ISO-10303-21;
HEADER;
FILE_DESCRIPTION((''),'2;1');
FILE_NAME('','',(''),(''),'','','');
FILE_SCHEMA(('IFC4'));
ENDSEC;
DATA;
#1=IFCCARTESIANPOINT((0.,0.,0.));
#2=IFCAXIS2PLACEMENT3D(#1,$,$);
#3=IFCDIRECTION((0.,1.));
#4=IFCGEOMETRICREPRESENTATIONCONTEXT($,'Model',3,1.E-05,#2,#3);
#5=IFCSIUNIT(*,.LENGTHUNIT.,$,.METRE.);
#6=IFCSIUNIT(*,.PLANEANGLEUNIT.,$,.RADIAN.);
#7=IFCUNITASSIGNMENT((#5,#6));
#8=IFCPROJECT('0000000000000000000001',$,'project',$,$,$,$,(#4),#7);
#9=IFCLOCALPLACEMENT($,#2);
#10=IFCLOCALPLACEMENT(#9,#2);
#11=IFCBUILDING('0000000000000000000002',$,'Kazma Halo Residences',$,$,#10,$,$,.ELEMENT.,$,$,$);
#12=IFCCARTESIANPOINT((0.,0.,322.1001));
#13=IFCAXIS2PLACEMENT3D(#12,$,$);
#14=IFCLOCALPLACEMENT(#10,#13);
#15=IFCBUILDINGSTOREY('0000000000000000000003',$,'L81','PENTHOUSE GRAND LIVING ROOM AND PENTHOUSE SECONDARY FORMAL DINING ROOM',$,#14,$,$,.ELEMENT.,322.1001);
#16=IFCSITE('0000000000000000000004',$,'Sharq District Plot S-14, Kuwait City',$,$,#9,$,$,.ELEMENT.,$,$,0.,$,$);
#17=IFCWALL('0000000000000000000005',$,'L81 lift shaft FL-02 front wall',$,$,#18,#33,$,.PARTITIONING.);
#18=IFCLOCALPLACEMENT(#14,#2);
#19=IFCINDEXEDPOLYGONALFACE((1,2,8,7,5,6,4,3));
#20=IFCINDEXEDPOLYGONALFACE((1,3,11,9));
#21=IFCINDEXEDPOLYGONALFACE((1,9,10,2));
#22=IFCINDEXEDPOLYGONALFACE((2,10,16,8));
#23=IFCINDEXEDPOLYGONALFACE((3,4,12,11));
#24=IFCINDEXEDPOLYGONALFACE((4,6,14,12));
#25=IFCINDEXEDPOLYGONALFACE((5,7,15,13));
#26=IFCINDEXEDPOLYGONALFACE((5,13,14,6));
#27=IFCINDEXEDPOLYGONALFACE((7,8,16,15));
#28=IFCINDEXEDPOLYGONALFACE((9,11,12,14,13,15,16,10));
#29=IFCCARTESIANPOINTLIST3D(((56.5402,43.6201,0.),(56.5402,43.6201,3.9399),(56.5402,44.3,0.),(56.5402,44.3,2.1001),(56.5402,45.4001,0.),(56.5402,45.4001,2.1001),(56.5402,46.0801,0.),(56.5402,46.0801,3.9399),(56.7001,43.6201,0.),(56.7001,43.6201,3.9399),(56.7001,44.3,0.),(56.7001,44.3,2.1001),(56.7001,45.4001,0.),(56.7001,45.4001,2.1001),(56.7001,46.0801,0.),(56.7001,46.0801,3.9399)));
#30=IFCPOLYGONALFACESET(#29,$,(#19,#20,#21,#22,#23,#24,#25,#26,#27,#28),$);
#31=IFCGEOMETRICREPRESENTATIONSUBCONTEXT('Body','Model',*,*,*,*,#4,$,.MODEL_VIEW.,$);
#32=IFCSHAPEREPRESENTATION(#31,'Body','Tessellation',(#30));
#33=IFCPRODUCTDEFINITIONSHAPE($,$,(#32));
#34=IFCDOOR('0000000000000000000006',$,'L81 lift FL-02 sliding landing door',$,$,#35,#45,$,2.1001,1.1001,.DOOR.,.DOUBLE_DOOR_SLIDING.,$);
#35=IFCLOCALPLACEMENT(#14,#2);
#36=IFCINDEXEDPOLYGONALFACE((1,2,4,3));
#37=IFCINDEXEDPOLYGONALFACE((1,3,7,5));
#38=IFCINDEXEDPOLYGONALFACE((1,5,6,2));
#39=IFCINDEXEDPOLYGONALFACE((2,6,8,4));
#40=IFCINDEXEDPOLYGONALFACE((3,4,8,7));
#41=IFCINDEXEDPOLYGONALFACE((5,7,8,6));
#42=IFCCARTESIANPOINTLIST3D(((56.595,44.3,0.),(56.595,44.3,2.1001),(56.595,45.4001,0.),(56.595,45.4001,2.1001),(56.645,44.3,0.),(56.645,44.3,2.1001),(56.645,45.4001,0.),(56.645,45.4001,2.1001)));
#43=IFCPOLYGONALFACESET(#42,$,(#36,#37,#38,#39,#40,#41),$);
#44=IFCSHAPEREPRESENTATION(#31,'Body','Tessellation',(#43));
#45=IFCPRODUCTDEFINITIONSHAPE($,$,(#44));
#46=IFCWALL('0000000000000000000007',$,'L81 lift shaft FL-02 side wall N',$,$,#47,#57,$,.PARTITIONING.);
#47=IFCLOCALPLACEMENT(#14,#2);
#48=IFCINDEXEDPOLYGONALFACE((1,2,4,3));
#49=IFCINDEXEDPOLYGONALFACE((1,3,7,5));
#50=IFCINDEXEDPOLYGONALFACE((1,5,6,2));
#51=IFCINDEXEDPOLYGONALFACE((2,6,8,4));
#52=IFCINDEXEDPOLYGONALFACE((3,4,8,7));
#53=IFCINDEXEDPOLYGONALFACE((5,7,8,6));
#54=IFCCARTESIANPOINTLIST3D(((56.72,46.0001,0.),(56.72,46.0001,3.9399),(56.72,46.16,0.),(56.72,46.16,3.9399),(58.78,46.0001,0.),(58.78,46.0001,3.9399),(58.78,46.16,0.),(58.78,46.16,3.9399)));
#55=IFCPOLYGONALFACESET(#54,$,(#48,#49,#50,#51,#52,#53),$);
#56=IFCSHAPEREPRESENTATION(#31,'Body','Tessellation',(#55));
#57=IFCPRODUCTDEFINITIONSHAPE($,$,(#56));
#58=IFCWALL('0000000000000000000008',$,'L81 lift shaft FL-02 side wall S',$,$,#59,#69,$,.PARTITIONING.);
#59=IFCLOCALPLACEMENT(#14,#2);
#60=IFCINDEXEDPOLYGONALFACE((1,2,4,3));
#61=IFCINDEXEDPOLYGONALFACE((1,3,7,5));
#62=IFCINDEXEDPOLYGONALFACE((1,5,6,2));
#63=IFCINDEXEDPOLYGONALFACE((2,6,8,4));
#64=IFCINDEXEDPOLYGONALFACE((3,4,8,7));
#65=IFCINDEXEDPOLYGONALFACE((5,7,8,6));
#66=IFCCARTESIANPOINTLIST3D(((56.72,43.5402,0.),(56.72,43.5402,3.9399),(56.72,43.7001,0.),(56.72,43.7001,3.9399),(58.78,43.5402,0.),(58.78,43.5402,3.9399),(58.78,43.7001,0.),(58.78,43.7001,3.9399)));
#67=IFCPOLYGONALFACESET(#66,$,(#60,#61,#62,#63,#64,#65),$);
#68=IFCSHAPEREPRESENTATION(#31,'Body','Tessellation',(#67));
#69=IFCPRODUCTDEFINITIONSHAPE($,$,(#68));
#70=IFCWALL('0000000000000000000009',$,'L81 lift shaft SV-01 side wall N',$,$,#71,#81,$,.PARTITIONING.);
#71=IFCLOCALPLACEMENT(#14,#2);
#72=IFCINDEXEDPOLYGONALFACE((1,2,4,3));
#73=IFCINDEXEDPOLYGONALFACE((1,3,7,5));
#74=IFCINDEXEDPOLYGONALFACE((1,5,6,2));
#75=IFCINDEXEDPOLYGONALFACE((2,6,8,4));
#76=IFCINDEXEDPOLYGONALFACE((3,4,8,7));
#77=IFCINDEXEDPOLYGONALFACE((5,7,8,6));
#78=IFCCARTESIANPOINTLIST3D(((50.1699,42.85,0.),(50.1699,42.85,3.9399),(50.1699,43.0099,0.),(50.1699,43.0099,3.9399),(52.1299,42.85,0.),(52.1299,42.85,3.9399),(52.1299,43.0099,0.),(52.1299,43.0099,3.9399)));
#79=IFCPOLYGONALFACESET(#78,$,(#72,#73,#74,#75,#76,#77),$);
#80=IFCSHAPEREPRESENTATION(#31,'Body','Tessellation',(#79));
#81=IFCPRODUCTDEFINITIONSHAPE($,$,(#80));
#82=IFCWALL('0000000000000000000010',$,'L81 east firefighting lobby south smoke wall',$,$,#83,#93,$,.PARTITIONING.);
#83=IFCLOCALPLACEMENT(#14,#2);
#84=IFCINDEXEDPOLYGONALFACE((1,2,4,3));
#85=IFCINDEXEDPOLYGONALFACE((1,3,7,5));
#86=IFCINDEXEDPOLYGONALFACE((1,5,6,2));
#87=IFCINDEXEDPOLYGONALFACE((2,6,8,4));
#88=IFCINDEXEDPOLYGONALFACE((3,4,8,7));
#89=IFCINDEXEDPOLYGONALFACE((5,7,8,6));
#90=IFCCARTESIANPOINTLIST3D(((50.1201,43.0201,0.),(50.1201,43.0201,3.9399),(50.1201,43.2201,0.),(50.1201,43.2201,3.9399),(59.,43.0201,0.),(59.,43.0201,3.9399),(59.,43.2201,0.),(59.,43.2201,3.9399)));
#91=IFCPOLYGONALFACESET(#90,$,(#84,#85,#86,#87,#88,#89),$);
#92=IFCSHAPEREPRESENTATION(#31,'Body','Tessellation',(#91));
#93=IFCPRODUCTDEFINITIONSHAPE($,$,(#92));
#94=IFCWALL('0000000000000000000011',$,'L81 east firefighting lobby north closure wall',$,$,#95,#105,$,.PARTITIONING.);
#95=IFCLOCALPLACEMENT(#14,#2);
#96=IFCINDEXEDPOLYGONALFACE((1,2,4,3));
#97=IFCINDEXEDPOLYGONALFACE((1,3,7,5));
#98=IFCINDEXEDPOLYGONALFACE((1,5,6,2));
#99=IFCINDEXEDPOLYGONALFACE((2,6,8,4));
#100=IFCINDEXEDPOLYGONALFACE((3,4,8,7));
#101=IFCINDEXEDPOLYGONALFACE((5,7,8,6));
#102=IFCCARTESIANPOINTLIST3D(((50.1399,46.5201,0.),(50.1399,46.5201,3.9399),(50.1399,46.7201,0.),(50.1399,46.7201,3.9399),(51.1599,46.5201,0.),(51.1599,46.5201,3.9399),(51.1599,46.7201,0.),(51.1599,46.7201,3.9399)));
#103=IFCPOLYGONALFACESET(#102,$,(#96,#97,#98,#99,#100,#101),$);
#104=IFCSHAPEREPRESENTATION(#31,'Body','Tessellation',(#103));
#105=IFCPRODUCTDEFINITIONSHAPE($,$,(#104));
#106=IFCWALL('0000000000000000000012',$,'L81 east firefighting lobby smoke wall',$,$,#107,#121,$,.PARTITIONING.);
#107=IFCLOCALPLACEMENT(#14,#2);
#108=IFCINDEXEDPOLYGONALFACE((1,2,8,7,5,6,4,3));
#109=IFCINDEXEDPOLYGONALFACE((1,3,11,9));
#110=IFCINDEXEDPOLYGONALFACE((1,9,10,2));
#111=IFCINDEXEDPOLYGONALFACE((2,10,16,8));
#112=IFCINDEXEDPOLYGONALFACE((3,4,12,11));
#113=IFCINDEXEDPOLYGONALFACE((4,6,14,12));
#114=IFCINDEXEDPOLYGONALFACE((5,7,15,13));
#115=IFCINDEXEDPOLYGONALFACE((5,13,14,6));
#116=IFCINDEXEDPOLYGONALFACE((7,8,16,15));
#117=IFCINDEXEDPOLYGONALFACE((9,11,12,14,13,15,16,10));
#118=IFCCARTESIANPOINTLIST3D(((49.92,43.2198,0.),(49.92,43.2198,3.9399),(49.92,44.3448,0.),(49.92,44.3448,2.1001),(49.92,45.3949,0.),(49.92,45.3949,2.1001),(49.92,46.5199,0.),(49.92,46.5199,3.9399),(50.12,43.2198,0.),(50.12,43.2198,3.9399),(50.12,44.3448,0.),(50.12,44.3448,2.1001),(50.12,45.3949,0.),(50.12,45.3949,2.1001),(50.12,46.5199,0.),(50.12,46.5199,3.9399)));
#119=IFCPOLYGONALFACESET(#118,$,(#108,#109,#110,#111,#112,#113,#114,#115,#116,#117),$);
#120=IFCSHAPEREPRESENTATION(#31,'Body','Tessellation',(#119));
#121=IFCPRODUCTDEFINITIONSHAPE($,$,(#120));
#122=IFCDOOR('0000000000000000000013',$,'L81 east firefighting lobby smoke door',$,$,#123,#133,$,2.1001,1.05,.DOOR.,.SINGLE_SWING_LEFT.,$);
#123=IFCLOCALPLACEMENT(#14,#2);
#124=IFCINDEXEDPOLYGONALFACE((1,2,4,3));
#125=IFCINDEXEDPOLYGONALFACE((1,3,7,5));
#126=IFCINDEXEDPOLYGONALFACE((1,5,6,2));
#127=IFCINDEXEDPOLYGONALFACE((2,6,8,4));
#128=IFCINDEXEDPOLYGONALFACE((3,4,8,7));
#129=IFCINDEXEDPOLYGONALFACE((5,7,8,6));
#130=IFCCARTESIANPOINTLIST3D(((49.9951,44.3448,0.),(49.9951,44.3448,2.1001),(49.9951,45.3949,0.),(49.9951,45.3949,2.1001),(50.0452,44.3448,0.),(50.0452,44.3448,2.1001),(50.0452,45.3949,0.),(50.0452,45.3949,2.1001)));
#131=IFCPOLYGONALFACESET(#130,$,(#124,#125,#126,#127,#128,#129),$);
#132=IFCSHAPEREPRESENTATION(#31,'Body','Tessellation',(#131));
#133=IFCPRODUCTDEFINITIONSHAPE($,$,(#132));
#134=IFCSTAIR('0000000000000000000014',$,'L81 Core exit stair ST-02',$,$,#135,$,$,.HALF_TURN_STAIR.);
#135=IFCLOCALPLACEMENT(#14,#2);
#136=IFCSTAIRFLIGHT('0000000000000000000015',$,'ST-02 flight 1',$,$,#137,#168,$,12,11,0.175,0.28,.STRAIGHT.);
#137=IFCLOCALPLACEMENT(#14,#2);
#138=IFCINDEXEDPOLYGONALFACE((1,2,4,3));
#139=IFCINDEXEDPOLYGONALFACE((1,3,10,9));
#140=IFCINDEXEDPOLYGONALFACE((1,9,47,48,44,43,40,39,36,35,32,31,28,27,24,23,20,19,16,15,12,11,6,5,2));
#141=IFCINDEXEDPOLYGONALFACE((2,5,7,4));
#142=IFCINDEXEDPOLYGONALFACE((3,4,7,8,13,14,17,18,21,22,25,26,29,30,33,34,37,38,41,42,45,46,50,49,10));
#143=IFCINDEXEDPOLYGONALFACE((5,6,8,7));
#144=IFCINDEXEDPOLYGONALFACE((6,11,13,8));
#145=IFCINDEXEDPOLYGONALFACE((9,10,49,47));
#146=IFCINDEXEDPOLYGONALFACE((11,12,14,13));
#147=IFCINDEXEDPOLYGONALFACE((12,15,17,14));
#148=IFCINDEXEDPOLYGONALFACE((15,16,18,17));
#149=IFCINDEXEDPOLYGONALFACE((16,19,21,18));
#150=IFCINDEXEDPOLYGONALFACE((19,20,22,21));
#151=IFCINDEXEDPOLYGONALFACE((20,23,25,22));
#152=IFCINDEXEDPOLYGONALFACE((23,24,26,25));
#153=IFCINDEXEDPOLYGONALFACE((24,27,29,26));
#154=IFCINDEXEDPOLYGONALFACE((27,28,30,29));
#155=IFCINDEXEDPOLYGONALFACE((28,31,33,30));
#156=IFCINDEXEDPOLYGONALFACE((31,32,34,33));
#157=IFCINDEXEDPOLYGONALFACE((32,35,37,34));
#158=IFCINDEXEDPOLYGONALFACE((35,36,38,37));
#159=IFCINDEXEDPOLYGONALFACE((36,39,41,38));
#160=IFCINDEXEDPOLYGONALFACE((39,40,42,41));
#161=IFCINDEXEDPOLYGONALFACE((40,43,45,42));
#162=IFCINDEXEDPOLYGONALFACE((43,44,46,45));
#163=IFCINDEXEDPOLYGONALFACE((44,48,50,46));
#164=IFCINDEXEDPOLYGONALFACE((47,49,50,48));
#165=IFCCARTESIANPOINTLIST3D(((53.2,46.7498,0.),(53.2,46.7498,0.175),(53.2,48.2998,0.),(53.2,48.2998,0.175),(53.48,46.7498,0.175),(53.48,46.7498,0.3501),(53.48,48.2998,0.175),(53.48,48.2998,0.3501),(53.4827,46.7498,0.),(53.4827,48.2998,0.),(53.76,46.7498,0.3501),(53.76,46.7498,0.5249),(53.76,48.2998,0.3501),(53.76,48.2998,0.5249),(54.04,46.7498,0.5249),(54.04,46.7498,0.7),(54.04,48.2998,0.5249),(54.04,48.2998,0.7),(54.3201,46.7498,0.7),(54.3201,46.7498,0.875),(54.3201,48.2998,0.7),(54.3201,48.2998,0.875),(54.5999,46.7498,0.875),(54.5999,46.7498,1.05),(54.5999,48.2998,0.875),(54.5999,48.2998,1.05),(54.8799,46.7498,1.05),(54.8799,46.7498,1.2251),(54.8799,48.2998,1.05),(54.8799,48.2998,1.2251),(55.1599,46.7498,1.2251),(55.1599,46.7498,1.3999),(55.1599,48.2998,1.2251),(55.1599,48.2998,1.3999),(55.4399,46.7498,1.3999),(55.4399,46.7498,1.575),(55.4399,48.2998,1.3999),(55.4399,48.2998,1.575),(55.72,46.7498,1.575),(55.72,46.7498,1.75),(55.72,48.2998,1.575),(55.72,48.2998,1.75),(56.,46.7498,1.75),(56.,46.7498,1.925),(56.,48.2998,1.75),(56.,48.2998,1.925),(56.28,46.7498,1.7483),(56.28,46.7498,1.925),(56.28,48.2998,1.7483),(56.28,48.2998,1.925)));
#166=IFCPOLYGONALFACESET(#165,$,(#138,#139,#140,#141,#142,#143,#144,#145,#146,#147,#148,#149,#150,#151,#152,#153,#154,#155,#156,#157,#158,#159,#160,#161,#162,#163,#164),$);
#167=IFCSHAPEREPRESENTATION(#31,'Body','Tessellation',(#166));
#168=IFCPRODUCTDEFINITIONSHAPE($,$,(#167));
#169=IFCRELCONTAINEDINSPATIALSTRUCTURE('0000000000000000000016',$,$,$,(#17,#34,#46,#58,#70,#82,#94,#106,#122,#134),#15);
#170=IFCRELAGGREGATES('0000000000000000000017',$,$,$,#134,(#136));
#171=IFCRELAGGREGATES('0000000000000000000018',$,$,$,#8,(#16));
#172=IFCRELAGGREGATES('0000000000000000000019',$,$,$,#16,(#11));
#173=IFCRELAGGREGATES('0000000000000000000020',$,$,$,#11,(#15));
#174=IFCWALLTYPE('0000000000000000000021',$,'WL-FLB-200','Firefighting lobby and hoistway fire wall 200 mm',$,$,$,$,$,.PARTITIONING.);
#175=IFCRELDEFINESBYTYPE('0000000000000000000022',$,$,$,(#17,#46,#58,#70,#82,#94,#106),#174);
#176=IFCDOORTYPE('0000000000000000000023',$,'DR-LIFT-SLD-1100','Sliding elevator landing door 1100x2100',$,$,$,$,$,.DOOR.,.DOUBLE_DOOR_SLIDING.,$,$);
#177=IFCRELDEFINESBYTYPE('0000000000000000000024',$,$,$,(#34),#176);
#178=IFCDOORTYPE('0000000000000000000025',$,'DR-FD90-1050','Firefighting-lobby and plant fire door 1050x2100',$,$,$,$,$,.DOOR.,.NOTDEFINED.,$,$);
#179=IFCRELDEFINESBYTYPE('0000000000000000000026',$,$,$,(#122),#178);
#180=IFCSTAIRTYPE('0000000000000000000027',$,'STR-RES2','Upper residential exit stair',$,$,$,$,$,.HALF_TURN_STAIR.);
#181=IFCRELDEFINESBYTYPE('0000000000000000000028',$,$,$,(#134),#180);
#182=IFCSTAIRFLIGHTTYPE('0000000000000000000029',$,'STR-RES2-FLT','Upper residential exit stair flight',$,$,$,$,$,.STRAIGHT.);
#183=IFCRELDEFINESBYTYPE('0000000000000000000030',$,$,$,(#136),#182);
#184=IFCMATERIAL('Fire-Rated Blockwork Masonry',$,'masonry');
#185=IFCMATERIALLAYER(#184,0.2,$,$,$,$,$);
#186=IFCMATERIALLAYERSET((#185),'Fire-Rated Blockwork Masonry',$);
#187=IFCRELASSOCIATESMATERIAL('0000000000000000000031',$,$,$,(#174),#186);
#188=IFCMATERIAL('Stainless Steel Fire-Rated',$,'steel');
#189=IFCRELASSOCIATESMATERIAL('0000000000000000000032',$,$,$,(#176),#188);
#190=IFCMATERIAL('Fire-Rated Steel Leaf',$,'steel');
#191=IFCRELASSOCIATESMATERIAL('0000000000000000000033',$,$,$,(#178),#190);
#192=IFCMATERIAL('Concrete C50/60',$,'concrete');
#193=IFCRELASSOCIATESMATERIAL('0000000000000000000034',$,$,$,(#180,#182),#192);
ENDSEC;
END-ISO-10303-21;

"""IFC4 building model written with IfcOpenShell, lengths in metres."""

from ifc_helpers import new_model, si_unit, direction, frame, frame_2d, origin, place, context, subcontext, project, spatial, polyline, rectangle, outline, extrude, material, layer, layer_set, type_object, element, fill, aggregate, save


model = new_model("IFC4")

# Units and contexts
model_context = context("Model", 3, precision=1e-05, world=origin(), true_north=direction((0.0, 1.0)))
body_context = subcontext(model_context, "Body", "Model", "MODEL_VIEW")
ifc_project = project(units=[si_unit("LENGTHUNIT", "METRE"), si_unit("PLANEANGLEUNIT", "RADIAN")], contexts=[model_context])

# Site, building, storey
site_placement = place(None, origin())
site = spatial("IfcSite", under=ifc_project, at=site_placement, Name="Sharq District Plot S-14, Kuwait City", CompositionType="ELEMENT", RefElevation=0.0)
building_placement = place(site_placement, origin())
building = spatial("IfcBuilding", under=site, at=building_placement, Name="Kazma Halo Residences", CompositionType="ELEMENT")
storey_placement = place(building_placement, frame((0.0, 0.0, 322.1001)))
storey = spatial("IfcBuildingStorey", under=building, at=storey_placement, Name="L81", Description="PENTHOUSE GRAND LIVING ROOM AND PENTHOUSE SECONDARY FORMAL DINING ROOM", CompositionType="ELEMENT", Elevation=322.1001)

# Shared definitions
ifc_material_1 = material(Name="Fire-Rated Blockwork Masonry", Category="masonry")
ifc_layer_1 = layer(ifc_material_1, 0.2)
ifc_layer_set_1 = layer_set([ifc_layer_1], Name="Fire-Rated Blockwork Masonry")
wall_type_1 = type_object("IfcWallType", Name="WL-FLB-200", Description="Firefighting lobby and hoistway fire wall 200 mm", PredefinedType="PARTITIONING", material=ifc_layer_set_1)

# Wall, opening, door
wall_1_placement = place(storey_placement, frame((56.6201, 46.0801, 0.0), z_axis=(0.0, 0.0, 1.0), x_axis=(0.0, -1.0, 0.0)))
wall_1 = element("IfcWall", 1, at=wall_1_placement, inside=storey, type_object=wall_type_1, Name="L81 lift shaft FL-02 front wall", PredefinedType="PARTITIONING", context=body_context, shape_type="SweptSolid", body=[
    extrude(rectangle(XDim=2.46, YDim=0.1599, at=frame_2d((1.23, 0.0))), origin(), (0.0, 0.0, 1.0), 3.9399),
])
opening_1_placement = place(wall_1_placement, frame((0.6799, 0.0, 0.0)))
opening_1 = element("IfcOpeningElement", 2, at=opening_1_placement, cuts=wall_1, PredefinedType="OPENING", context=body_context, shape_type="SweptSolid", body=[
    extrude(rectangle(XDim=1.1001, YDim=2.1001, at=frame_2d((0.55, 1.05))), frame((0.0, 0.0898, 0.0), z_axis=(0.0, -1.0, 0.0), x_axis=(1.0, 0.0, 0.0)), (0.0, 0.0, 1.0), 0.1799),
])
ifc_material_2 = material(Name="Stainless Steel Fire-Rated", Category="steel")
door_type_1 = type_object("IfcDoorType", Name="DR-LIFT-SLD-1100", Description="Sliding elevator landing door 1100x2100", OperationType="DOUBLE_DOOR_SLIDING", PredefinedType="DOOR", material=ifc_material_2)
door_1_placement = place(opening_1_placement, origin())
door_1 = element("IfcDoor", 3, at=door_1_placement, inside=storey, type_object=door_type_1, Name="L81 lift FL-02 sliding landing door", OperationType="DOUBLE_DOOR_SLIDING", OverallHeight=2.1001, OverallWidth=1.1001, PredefinedType="DOOR", context=body_context, shape_type="SweptSolid", body=[
    extrude(rectangle(XDim=1.1001, YDim=2.1001, at=frame_2d((0.55, 1.05))), frame((0.0, 0.0249, 0.0), z_axis=(0.0, -1.0, 0.0), x_axis=(1.0, 0.0, 0.0)), (0.0, 0.0, 1.0), 0.05),
])
fill(opening_1, door_1)

# Walls
for number, where, z_axis, x_axis, name in (
    (4, (56.72, 46.0801, 0.0), (0.0, 0.0, 1.0), (1.0, 0.0, 0.0), "L81 lift shaft FL-02 side wall N"),
    (5, (56.72, 43.6201, 0.0), (0.0, 0.0, 1.0), (1.0, 0.0, 0.0), "L81 lift shaft FL-02 side wall S"),
):
    element("IfcWall", number, at=place(storey_placement, frame(where, z_axis=z_axis, x_axis=x_axis)), inside=storey, type_object=wall_type_1, Name=name, PredefinedType="PARTITIONING", context=body_context, shape_type="SweptSolid", body=[
        extrude(rectangle(XDim=2.0601, YDim=0.1599, at=frame_2d((1.03, 0.0))), origin(), (0.0, 0.0, 1.0), 3.9399),
    ])
wall_2_placement = place(storey_placement, frame((50.1699, 42.9299, 0.0), z_axis=(0.0, 0.0, 1.0), x_axis=(1.0, 0.0, 0.0)))
element("IfcWall", 6, at=wall_2_placement, inside=storey, type_object=wall_type_1, Name="L81 lift shaft SV-01 side wall N", PredefinedType="PARTITIONING", context=body_context, shape_type="SweptSolid", body=[
    extrude(rectangle(XDim=1.96, YDim=0.1599, at=frame_2d((0.98, 0.0))), origin(), (0.0, 0.0, 1.0), 3.9399),
])
wall_3_placement = place(storey_placement, frame((50.1201, 43.1201, 0.0), z_axis=(0.0, 0.0, 1.0), x_axis=(1.0, 0.0, 0.0)))
element("IfcWall", 7, at=wall_3_placement, inside=storey, type_object=wall_type_1, Name="L81 east firefighting lobby south smoke wall", PredefinedType="PARTITIONING", context=body_context, shape_type="SweptSolid", body=[
    extrude(rectangle(XDim=8.8799, YDim=0.2, at=frame_2d((4.4399, 0.0))), origin(), (0.0, 0.0, 1.0), 3.9399),
])
wall_4_placement = place(storey_placement, frame((50.1399, 46.6201, 0.0), z_axis=(0.0, 0.0, 1.0), x_axis=(1.0, 0.0, 0.0)))
element("IfcWall", 8, at=wall_4_placement, inside=storey, type_object=wall_type_1, Name="L81 east firefighting lobby north closure wall", PredefinedType="PARTITIONING", context=body_context, shape_type="SweptSolid", body=[
    extrude(rectangle(XDim=1.02, YDim=0.2, at=frame_2d((0.51, 0.0))), origin(), (0.0, 0.0, 1.0), 3.9399),
])

# Wall, opening, door
wall_5_placement = place(storey_placement, frame((50.02, 43.22, 0.0), z_axis=(0.0, 0.0, 1.0), x_axis=(0.0, 1.0, 0.0)))
wall_5 = element("IfcWall", 9, at=wall_5_placement, inside=storey, type_object=wall_type_1, Name="L81 east firefighting lobby smoke wall", PredefinedType="PARTITIONING", context=body_context, shape_type="SweptSolid", body=[
    extrude(rectangle(XDim=3.3, YDim=0.2, at=frame_2d((1.6499, 0.0))), origin(), (0.0, 0.0, 1.0), 3.9399),
])
opening_2_placement = place(wall_5_placement, frame((1.125, 0.0, 0.0)))
opening_2 = element("IfcOpeningElement", 10, at=opening_2_placement, cuts=wall_5, PredefinedType="OPENING", context=body_context, shape_type="SweptSolid", body=[
    extrude(rectangle(XDim=1.05, YDim=2.1001, at=frame_2d((0.5249, 1.05))), frame((0.0, 0.1099, 0.0), z_axis=(0.0, -1.0, 0.0), x_axis=(1.0, 0.0, 0.0)), (0.0, 0.0, 1.0), 0.22),
])
ifc_material_3 = material(Name="Fire-Rated Steel Leaf", Category="steel")
door_type_2 = type_object("IfcDoorType", Name="DR-FD90-1050", Description="Firefighting-lobby and plant fire door 1050x2100", OperationType="NOTDEFINED", PredefinedType="DOOR", material=ifc_material_3)
door_2_placement = place(opening_2_placement, origin())
door_2 = element("IfcDoor", 11, at=door_2_placement, inside=storey, type_object=door_type_2, Name="L81 east firefighting lobby smoke door", OperationType="SINGLE_SWING_LEFT", OverallHeight=2.1001, OverallWidth=1.05, PredefinedType="DOOR", context=body_context, shape_type="SweptSolid", body=[
    extrude(rectangle(XDim=1.05, YDim=2.1001, at=frame_2d((0.5249, 1.05))), frame((0.0, 0.0249, 0.0), z_axis=(0.0, -1.0, 0.0), x_axis=(1.0, 0.0, 0.0)), (0.0, 0.0, 1.0), 0.05),
])
fill(opening_2, door_2)
ifc_material_4 = material(Name="Concrete C50/60", Category="concrete")

# Stair, stair flight
stair_type = type_object("IfcStairType", Name="STR-RES2", Description="Upper residential exit stair", PredefinedType="HALF_TURN_STAIR", material=ifc_material_4)
stair_placement = place(storey_placement, origin())
stair = element("IfcStair", 12, at=stair_placement, inside=storey, type_object=stair_type, Name="L81 Core exit stair ST-02", PredefinedType="HALF_TURN_STAIR")
stair_flight_type = type_object("IfcStairFlightType", Name="STR-RES2-FLT", Description="Upper residential exit stair flight", PredefinedType="STRAIGHT", material=ifc_material_4)
stair_flight_1_placement = place(storey_placement, frame((53.2, 47.5249, 0.0), z_axis=(0.0, 0.0, 1.0), x_axis=(1.0, 0.0, 0.0)))
stair_flight_1 = element("IfcStairFlight", 13, at=stair_flight_1_placement, type_object=stair_flight_type, Name="ST-02 flight 1", NumberOfRisers=12, NumberOfTreads=11, PredefinedType="STRAIGHT", RiserHeight=0.175, TreadLength=0.28, context=body_context, shape_type="SweptSolid", body=[
    extrude(outline(polyline([(0.0, 0.0), (0.0, 0.175), (0.28, 0.175), (0.28, 0.3501), (0.5601, 0.3501), (0.5601, 0.5249), (0.8401, 0.5249), (0.8401, 0.7), (1.1201, 0.7), (1.1201, 0.875), (1.3999, 0.875), (1.3999, 1.05), (1.6799, 1.05), (1.6799, 1.2251), (1.96, 1.2251), (1.96, 1.3999), (2.24, 1.3999), (2.24, 1.575), (2.52, 1.575), (2.52, 1.75), (2.8, 1.75), (2.8, 1.925), (3.0801, 1.925), (3.0801, 2.1001), (3.0801, 1.7483), (0.2827, 0.0), (0.0, 0.0)])), frame((0.0, 0.7749, 0.0), z_axis=(0.0, -1.0, 0.0), x_axis=(1.0, 0.0, 0.0)), (0.0, 0.0, 1.0), 1.55),
])
aggregate(stair, [stair_flight_1])

save(model, "model.ifc")
